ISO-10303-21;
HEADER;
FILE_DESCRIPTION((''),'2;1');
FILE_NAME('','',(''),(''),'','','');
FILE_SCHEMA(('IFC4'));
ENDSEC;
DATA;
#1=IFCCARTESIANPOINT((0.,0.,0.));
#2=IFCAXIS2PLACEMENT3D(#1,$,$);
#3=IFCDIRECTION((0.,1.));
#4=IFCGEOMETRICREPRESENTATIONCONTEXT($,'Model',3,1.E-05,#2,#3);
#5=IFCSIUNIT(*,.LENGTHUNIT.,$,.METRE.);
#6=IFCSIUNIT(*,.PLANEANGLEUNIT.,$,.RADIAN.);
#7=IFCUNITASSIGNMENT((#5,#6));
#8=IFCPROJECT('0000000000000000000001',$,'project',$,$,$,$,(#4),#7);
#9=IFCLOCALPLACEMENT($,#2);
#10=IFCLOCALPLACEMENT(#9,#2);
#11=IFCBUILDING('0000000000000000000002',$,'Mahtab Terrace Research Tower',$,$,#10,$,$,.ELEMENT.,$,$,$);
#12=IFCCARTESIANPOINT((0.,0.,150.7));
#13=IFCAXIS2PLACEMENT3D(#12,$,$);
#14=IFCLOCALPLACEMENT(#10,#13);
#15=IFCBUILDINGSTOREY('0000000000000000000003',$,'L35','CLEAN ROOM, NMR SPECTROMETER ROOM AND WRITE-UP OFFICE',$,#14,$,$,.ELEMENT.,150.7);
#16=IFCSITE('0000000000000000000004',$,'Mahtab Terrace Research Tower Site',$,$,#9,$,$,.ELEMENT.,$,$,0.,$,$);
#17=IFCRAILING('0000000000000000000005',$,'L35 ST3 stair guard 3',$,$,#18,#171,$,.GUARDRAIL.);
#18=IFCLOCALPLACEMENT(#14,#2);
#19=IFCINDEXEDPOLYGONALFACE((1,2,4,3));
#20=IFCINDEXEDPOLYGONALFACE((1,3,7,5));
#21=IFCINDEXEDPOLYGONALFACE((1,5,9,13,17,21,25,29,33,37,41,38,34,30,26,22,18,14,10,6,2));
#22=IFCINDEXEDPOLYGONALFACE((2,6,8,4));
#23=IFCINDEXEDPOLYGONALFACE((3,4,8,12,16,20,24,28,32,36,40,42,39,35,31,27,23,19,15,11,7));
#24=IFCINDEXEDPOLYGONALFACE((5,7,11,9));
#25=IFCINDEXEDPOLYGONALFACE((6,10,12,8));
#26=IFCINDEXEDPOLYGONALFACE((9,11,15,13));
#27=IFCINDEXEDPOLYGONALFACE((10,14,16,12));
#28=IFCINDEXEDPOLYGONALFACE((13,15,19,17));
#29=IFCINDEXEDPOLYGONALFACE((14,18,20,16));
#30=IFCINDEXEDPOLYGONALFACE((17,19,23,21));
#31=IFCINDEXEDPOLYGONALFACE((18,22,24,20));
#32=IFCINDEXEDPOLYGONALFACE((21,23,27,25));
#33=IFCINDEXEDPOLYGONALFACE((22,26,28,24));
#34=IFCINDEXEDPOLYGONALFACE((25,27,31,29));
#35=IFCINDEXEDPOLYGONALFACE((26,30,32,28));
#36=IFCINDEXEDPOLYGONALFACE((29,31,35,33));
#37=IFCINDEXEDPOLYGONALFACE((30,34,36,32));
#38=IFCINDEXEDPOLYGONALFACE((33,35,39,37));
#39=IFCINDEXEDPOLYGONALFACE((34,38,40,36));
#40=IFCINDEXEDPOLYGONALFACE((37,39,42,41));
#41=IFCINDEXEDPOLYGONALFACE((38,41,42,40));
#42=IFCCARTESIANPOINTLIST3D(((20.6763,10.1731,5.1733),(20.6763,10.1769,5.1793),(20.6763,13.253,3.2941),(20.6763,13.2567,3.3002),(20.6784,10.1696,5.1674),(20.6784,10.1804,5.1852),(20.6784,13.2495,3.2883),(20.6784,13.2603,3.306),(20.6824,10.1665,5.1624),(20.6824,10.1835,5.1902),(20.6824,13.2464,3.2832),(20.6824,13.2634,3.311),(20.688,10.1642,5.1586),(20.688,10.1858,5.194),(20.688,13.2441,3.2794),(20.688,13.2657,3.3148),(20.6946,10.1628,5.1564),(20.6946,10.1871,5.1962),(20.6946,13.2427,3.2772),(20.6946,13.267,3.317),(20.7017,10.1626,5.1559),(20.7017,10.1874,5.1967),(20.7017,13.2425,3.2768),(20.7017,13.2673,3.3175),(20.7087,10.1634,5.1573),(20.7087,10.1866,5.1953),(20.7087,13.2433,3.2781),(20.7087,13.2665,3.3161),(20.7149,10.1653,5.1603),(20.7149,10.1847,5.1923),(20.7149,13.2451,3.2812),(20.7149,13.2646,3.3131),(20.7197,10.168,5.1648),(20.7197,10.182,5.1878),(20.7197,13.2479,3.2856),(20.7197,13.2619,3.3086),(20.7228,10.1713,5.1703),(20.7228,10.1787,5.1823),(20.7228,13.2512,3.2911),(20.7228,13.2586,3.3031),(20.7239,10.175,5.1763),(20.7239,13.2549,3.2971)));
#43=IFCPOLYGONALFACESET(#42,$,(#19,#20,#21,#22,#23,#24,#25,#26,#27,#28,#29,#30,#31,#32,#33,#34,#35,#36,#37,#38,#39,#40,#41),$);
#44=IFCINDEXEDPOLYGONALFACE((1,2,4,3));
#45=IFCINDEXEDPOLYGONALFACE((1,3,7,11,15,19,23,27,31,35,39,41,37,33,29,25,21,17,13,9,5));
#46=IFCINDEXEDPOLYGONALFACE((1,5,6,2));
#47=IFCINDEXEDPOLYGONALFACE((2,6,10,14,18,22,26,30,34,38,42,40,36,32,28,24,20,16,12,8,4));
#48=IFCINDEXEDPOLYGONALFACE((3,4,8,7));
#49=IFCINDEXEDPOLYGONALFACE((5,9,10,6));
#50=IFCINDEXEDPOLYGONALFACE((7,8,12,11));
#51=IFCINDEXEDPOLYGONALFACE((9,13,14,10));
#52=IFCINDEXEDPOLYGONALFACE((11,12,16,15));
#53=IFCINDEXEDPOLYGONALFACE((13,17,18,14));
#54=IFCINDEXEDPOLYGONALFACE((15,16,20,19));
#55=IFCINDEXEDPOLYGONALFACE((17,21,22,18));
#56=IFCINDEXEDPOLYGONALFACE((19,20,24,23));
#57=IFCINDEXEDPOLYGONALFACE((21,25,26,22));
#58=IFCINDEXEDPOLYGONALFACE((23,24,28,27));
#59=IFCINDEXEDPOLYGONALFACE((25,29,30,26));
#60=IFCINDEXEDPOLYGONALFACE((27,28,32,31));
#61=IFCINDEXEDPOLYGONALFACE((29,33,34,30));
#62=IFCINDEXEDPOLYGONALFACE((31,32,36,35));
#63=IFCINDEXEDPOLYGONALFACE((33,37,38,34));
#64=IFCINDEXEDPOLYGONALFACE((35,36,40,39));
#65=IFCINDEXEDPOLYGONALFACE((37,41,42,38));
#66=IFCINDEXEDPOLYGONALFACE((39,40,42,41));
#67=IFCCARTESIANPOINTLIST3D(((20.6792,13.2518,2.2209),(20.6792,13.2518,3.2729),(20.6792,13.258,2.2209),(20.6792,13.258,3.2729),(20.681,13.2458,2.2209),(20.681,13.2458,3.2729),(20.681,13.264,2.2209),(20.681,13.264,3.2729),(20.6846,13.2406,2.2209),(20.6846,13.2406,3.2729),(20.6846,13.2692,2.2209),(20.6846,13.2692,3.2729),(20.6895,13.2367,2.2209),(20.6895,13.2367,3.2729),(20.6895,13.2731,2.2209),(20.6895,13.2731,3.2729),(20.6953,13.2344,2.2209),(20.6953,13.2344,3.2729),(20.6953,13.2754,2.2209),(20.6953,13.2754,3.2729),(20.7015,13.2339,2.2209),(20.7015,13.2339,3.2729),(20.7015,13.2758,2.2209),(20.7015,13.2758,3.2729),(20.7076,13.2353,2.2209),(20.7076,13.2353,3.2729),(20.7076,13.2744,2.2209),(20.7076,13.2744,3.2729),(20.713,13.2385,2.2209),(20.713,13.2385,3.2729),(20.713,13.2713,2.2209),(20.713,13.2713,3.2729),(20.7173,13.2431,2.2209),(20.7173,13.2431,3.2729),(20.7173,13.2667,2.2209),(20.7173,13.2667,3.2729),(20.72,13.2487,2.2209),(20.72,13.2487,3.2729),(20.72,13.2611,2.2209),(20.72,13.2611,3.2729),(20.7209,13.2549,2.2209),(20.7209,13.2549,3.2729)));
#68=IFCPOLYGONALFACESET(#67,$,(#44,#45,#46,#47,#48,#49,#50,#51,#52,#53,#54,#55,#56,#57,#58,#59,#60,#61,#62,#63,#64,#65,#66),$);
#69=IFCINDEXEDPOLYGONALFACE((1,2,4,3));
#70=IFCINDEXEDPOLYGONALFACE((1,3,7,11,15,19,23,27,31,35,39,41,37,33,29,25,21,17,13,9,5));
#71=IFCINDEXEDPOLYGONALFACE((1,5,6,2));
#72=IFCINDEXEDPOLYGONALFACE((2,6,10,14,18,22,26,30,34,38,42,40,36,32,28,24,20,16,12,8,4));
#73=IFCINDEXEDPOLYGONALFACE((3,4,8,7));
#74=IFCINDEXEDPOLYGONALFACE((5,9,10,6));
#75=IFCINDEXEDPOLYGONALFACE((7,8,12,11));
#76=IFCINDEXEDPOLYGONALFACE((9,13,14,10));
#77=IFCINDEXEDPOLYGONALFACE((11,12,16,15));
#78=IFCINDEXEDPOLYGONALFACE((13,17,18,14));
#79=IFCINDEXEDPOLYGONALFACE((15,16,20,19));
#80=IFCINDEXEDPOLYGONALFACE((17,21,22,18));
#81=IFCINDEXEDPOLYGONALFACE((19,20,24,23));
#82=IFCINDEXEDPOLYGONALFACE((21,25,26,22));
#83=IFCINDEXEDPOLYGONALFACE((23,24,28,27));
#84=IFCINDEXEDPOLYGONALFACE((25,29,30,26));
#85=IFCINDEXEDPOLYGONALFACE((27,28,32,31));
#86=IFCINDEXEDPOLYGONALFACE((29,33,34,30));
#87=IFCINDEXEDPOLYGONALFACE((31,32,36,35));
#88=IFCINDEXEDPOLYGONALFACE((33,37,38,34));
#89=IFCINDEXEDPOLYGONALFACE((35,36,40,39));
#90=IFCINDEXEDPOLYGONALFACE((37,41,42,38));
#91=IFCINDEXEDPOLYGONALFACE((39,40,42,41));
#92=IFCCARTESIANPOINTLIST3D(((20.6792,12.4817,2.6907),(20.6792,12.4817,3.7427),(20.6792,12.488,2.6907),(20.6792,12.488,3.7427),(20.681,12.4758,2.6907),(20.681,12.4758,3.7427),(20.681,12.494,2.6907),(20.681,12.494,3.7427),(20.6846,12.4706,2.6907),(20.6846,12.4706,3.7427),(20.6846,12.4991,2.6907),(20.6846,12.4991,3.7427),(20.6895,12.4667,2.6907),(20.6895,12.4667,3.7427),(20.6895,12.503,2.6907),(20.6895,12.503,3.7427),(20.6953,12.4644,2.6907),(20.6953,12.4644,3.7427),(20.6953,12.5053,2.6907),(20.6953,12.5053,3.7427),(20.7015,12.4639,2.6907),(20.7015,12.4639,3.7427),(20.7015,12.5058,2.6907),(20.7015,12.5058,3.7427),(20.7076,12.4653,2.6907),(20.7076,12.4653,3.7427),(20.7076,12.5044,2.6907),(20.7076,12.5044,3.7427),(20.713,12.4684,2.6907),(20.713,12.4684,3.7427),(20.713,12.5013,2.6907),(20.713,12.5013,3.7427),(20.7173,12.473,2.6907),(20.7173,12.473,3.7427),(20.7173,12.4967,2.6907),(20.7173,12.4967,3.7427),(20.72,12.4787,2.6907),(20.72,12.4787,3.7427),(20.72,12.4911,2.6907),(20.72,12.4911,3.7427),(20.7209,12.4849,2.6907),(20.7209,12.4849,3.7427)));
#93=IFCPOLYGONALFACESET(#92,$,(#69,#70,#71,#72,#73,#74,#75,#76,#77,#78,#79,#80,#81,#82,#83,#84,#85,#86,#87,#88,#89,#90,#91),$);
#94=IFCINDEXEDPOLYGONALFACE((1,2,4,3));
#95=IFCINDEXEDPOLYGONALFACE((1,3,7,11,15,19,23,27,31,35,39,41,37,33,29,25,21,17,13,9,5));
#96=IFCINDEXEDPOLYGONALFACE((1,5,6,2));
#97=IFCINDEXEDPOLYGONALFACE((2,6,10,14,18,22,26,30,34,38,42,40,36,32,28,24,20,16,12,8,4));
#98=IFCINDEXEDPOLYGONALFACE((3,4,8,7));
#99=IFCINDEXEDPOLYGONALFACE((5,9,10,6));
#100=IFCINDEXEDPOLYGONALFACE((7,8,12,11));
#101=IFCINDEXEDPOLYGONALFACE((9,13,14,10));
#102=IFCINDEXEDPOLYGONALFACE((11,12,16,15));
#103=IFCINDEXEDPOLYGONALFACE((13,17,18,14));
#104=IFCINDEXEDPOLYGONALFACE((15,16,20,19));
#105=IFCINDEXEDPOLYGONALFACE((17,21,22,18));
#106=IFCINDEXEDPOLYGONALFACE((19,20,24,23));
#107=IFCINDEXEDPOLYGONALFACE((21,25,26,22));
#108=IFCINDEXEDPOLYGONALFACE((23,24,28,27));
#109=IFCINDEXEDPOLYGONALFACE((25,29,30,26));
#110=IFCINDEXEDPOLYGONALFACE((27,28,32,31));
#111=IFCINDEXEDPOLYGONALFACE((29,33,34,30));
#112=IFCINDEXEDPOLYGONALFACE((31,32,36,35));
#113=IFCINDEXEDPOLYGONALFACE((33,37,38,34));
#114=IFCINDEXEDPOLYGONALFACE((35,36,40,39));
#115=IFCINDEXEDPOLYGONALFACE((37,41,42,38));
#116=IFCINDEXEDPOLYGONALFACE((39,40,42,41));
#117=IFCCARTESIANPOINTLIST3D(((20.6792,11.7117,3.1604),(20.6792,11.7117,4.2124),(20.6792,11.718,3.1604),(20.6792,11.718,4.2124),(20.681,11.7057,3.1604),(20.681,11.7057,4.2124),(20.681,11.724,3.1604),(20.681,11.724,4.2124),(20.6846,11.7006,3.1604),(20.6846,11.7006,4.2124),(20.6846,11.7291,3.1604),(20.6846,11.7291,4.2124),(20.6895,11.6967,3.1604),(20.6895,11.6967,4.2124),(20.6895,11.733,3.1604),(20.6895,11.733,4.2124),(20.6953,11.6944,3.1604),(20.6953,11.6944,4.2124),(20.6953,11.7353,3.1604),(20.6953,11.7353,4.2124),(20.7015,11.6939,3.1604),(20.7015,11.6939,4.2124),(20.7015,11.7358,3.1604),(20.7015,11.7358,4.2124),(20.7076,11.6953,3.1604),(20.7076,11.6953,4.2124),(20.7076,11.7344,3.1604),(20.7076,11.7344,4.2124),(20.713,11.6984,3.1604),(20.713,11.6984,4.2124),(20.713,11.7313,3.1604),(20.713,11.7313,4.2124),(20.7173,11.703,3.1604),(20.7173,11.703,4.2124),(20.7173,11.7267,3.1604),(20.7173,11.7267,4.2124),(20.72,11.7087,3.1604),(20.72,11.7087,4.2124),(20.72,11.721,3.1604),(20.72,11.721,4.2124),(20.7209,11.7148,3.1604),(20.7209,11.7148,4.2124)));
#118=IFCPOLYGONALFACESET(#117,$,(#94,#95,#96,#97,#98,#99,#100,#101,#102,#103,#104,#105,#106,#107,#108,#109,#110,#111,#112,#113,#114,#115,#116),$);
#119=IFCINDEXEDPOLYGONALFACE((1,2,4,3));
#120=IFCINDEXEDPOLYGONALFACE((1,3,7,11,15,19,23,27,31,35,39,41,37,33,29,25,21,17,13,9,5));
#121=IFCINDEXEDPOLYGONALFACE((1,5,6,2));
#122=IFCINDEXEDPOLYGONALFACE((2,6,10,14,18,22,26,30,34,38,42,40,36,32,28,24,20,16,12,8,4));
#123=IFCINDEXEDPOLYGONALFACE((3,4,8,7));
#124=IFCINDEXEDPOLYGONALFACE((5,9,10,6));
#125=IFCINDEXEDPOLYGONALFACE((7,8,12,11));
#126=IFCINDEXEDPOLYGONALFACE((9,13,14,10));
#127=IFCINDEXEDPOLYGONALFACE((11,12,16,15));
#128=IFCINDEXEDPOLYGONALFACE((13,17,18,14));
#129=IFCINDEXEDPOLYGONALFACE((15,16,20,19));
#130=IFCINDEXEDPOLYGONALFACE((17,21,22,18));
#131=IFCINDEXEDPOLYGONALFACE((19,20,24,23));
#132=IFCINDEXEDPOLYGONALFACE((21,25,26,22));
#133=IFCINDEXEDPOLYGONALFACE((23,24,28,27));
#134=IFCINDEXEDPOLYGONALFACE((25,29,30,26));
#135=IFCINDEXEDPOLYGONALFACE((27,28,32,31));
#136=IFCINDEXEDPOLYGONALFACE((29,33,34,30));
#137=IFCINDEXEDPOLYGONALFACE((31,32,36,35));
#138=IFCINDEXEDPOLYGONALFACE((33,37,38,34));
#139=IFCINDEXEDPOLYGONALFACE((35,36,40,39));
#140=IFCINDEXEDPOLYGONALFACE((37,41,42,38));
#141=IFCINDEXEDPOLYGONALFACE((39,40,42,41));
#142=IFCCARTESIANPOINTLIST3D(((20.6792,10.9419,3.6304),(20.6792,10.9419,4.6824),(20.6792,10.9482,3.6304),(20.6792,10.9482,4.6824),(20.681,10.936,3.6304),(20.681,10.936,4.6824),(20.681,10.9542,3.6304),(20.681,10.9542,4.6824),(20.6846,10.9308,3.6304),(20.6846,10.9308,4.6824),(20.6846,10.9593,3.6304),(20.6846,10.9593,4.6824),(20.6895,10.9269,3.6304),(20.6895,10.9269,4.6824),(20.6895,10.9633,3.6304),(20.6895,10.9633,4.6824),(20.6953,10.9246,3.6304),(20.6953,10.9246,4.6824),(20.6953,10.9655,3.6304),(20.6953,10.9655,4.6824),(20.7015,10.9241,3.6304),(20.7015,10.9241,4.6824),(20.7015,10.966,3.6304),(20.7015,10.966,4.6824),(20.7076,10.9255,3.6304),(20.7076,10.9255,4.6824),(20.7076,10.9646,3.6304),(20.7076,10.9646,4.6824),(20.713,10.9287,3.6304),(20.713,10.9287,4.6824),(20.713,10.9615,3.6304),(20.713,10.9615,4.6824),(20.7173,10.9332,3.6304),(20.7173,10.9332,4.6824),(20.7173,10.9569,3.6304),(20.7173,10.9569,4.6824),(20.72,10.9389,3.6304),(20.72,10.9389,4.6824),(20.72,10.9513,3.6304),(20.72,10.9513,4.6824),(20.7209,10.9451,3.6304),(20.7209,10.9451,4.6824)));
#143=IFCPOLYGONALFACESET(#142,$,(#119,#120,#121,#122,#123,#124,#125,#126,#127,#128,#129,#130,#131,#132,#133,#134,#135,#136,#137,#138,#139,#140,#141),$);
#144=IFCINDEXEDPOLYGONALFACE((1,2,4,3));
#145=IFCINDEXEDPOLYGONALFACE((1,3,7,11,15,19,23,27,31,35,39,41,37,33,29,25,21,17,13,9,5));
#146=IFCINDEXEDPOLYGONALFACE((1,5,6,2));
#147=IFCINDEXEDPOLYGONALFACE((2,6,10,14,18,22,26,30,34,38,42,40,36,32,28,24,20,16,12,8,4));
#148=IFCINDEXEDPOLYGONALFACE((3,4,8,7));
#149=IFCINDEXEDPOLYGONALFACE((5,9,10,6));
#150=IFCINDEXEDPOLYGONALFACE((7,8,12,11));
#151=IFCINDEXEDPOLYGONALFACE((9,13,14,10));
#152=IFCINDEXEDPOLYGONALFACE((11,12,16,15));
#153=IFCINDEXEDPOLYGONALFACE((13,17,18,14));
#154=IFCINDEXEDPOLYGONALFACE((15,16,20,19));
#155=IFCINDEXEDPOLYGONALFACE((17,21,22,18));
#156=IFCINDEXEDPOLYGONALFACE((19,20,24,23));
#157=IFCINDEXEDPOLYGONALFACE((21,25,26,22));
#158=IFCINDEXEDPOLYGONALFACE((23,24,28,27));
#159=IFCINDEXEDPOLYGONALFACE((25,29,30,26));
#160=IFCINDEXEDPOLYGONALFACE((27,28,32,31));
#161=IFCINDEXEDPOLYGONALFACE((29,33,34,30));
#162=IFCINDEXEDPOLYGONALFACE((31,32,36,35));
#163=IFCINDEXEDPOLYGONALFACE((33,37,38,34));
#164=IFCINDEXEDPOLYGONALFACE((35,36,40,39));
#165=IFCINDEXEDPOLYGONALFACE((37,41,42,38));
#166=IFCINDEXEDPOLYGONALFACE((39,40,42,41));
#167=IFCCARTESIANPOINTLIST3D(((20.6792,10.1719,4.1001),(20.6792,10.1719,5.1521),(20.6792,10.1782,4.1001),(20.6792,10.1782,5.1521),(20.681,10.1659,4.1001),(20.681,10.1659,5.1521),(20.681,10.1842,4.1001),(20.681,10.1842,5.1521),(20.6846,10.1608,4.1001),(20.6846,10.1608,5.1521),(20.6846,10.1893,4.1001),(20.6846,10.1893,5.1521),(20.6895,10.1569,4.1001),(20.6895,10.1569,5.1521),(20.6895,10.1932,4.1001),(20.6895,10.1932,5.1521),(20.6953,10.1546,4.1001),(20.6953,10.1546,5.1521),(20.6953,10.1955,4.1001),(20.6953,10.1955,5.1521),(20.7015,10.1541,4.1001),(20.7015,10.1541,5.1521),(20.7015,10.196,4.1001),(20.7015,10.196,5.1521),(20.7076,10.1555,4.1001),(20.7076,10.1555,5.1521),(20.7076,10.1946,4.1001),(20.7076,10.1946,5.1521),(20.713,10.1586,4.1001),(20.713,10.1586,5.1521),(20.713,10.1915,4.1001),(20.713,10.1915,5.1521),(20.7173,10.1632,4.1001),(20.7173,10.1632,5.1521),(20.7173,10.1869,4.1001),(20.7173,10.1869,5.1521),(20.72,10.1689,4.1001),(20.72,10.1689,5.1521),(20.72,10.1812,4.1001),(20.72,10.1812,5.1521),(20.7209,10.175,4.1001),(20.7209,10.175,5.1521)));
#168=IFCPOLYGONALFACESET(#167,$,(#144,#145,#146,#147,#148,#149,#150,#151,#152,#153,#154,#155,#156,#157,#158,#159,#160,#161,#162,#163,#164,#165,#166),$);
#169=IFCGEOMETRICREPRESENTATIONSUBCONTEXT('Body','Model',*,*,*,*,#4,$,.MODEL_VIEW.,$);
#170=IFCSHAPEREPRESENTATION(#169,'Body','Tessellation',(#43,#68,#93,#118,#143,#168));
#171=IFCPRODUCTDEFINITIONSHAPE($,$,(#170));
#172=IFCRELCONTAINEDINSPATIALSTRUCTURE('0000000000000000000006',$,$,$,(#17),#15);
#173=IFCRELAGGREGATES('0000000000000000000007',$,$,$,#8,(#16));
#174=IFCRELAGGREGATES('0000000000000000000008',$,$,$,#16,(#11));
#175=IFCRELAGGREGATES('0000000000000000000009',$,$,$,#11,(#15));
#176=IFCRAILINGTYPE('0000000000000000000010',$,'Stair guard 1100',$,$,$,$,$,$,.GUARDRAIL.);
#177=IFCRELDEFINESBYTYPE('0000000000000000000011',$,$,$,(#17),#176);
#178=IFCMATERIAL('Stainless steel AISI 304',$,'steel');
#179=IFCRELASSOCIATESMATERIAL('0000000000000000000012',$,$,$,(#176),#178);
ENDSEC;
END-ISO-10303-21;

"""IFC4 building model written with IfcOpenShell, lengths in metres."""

from ifc_helpers import new_model, si_unit, direction, frame, origin, origin_2d, place, context, subcontext, project, spatial, circle, extrude, material, type_object, element, save


model = new_model("IFC4")

# Units and contexts
model_context = context("Model", 3, precision=1e-05, world=origin(), true_north=direction((0.0, 1.0)))
body_context = subcontext(model_context, "Body", "Model", "MODEL_VIEW")
ifc_project = project(units=[si_unit("LENGTHUNIT", "METRE"), si_unit("PLANEANGLEUNIT", "RADIAN")], contexts=[model_context])

# Site, building, storey
site_placement = place(None, origin())
site = spatial("IfcSite", under=ifc_project, at=site_placement, Name="Mahtab Terrace Research Tower Site", CompositionType="ELEMENT", RefElevation=0.0)
building_placement = place(site_placement, origin())
building = spatial("IfcBuilding", under=site, at=building_placement, Name="Mahtab Terrace Research Tower", CompositionType="ELEMENT")
storey_placement = place(building_placement, frame((0.0, 0.0, 150.7)))
storey = spatial("IfcBuildingStorey", under=building, at=storey_placement, Name="L35", Description="CLEAN ROOM, NMR SPECTROMETER ROOM AND WRITE-UP OFFICE", CompositionType="ELEMENT", Elevation=150.7)

# Railing
ifc_material_1 = material(Name="Stainless steel AISI 304", Category="steel")
railing_type_1 = type_object("IfcRailingType", Name="Stair guard 1100", PredefinedType="GUARDRAIL", material=ifc_material_1)
railing_1_placement = place(storey_placement, frame((20.7, 13.2549, 2.2209)))
element("IfcRailing", 1, at=railing_1_placement, inside=storey, type_object=railing_type_1, Name="L35 ST3 stair guard 3", PredefinedType="GUARDRAIL", context=body_context, shape_type="SweptSolid", body=[
    extrude(circle(Radius=0.0239, at=origin_2d()), frame((0.0, 0.0, 1.0762), z_axis=(0.0, -0.853648, 0.52085), x_axis=(1.0, 0.0, 0.0)), (0.0, 0.0, 1.0), 3.6079),
    extrude(circle(Radius=0.021, at=origin_2d()), origin(), (0.0, 0.0, 1.0), 1.052),
    extrude(circle(Radius=0.021, at=origin_2d()), frame((0.0, -0.77, 0.4697)), (0.0, 0.0, 1.0), 1.052),
    extrude(circle(Radius=0.021, at=origin_2d()), frame((0.0, -1.54, 0.9395)), (0.0, 0.0, 1.0), 1.052),
    extrude(circle(Radius=0.021, at=origin_2d()), frame((0.0, -2.3098, 1.4094)), (0.0, 0.0, 1.0), 1.052),
    extrude(circle(Radius=0.021, at=origin_2d()), frame((0.0, -3.0798, 1.8792)), (0.0, 0.0, 1.0), 1.052),
])

save(model, "model.ifc")
